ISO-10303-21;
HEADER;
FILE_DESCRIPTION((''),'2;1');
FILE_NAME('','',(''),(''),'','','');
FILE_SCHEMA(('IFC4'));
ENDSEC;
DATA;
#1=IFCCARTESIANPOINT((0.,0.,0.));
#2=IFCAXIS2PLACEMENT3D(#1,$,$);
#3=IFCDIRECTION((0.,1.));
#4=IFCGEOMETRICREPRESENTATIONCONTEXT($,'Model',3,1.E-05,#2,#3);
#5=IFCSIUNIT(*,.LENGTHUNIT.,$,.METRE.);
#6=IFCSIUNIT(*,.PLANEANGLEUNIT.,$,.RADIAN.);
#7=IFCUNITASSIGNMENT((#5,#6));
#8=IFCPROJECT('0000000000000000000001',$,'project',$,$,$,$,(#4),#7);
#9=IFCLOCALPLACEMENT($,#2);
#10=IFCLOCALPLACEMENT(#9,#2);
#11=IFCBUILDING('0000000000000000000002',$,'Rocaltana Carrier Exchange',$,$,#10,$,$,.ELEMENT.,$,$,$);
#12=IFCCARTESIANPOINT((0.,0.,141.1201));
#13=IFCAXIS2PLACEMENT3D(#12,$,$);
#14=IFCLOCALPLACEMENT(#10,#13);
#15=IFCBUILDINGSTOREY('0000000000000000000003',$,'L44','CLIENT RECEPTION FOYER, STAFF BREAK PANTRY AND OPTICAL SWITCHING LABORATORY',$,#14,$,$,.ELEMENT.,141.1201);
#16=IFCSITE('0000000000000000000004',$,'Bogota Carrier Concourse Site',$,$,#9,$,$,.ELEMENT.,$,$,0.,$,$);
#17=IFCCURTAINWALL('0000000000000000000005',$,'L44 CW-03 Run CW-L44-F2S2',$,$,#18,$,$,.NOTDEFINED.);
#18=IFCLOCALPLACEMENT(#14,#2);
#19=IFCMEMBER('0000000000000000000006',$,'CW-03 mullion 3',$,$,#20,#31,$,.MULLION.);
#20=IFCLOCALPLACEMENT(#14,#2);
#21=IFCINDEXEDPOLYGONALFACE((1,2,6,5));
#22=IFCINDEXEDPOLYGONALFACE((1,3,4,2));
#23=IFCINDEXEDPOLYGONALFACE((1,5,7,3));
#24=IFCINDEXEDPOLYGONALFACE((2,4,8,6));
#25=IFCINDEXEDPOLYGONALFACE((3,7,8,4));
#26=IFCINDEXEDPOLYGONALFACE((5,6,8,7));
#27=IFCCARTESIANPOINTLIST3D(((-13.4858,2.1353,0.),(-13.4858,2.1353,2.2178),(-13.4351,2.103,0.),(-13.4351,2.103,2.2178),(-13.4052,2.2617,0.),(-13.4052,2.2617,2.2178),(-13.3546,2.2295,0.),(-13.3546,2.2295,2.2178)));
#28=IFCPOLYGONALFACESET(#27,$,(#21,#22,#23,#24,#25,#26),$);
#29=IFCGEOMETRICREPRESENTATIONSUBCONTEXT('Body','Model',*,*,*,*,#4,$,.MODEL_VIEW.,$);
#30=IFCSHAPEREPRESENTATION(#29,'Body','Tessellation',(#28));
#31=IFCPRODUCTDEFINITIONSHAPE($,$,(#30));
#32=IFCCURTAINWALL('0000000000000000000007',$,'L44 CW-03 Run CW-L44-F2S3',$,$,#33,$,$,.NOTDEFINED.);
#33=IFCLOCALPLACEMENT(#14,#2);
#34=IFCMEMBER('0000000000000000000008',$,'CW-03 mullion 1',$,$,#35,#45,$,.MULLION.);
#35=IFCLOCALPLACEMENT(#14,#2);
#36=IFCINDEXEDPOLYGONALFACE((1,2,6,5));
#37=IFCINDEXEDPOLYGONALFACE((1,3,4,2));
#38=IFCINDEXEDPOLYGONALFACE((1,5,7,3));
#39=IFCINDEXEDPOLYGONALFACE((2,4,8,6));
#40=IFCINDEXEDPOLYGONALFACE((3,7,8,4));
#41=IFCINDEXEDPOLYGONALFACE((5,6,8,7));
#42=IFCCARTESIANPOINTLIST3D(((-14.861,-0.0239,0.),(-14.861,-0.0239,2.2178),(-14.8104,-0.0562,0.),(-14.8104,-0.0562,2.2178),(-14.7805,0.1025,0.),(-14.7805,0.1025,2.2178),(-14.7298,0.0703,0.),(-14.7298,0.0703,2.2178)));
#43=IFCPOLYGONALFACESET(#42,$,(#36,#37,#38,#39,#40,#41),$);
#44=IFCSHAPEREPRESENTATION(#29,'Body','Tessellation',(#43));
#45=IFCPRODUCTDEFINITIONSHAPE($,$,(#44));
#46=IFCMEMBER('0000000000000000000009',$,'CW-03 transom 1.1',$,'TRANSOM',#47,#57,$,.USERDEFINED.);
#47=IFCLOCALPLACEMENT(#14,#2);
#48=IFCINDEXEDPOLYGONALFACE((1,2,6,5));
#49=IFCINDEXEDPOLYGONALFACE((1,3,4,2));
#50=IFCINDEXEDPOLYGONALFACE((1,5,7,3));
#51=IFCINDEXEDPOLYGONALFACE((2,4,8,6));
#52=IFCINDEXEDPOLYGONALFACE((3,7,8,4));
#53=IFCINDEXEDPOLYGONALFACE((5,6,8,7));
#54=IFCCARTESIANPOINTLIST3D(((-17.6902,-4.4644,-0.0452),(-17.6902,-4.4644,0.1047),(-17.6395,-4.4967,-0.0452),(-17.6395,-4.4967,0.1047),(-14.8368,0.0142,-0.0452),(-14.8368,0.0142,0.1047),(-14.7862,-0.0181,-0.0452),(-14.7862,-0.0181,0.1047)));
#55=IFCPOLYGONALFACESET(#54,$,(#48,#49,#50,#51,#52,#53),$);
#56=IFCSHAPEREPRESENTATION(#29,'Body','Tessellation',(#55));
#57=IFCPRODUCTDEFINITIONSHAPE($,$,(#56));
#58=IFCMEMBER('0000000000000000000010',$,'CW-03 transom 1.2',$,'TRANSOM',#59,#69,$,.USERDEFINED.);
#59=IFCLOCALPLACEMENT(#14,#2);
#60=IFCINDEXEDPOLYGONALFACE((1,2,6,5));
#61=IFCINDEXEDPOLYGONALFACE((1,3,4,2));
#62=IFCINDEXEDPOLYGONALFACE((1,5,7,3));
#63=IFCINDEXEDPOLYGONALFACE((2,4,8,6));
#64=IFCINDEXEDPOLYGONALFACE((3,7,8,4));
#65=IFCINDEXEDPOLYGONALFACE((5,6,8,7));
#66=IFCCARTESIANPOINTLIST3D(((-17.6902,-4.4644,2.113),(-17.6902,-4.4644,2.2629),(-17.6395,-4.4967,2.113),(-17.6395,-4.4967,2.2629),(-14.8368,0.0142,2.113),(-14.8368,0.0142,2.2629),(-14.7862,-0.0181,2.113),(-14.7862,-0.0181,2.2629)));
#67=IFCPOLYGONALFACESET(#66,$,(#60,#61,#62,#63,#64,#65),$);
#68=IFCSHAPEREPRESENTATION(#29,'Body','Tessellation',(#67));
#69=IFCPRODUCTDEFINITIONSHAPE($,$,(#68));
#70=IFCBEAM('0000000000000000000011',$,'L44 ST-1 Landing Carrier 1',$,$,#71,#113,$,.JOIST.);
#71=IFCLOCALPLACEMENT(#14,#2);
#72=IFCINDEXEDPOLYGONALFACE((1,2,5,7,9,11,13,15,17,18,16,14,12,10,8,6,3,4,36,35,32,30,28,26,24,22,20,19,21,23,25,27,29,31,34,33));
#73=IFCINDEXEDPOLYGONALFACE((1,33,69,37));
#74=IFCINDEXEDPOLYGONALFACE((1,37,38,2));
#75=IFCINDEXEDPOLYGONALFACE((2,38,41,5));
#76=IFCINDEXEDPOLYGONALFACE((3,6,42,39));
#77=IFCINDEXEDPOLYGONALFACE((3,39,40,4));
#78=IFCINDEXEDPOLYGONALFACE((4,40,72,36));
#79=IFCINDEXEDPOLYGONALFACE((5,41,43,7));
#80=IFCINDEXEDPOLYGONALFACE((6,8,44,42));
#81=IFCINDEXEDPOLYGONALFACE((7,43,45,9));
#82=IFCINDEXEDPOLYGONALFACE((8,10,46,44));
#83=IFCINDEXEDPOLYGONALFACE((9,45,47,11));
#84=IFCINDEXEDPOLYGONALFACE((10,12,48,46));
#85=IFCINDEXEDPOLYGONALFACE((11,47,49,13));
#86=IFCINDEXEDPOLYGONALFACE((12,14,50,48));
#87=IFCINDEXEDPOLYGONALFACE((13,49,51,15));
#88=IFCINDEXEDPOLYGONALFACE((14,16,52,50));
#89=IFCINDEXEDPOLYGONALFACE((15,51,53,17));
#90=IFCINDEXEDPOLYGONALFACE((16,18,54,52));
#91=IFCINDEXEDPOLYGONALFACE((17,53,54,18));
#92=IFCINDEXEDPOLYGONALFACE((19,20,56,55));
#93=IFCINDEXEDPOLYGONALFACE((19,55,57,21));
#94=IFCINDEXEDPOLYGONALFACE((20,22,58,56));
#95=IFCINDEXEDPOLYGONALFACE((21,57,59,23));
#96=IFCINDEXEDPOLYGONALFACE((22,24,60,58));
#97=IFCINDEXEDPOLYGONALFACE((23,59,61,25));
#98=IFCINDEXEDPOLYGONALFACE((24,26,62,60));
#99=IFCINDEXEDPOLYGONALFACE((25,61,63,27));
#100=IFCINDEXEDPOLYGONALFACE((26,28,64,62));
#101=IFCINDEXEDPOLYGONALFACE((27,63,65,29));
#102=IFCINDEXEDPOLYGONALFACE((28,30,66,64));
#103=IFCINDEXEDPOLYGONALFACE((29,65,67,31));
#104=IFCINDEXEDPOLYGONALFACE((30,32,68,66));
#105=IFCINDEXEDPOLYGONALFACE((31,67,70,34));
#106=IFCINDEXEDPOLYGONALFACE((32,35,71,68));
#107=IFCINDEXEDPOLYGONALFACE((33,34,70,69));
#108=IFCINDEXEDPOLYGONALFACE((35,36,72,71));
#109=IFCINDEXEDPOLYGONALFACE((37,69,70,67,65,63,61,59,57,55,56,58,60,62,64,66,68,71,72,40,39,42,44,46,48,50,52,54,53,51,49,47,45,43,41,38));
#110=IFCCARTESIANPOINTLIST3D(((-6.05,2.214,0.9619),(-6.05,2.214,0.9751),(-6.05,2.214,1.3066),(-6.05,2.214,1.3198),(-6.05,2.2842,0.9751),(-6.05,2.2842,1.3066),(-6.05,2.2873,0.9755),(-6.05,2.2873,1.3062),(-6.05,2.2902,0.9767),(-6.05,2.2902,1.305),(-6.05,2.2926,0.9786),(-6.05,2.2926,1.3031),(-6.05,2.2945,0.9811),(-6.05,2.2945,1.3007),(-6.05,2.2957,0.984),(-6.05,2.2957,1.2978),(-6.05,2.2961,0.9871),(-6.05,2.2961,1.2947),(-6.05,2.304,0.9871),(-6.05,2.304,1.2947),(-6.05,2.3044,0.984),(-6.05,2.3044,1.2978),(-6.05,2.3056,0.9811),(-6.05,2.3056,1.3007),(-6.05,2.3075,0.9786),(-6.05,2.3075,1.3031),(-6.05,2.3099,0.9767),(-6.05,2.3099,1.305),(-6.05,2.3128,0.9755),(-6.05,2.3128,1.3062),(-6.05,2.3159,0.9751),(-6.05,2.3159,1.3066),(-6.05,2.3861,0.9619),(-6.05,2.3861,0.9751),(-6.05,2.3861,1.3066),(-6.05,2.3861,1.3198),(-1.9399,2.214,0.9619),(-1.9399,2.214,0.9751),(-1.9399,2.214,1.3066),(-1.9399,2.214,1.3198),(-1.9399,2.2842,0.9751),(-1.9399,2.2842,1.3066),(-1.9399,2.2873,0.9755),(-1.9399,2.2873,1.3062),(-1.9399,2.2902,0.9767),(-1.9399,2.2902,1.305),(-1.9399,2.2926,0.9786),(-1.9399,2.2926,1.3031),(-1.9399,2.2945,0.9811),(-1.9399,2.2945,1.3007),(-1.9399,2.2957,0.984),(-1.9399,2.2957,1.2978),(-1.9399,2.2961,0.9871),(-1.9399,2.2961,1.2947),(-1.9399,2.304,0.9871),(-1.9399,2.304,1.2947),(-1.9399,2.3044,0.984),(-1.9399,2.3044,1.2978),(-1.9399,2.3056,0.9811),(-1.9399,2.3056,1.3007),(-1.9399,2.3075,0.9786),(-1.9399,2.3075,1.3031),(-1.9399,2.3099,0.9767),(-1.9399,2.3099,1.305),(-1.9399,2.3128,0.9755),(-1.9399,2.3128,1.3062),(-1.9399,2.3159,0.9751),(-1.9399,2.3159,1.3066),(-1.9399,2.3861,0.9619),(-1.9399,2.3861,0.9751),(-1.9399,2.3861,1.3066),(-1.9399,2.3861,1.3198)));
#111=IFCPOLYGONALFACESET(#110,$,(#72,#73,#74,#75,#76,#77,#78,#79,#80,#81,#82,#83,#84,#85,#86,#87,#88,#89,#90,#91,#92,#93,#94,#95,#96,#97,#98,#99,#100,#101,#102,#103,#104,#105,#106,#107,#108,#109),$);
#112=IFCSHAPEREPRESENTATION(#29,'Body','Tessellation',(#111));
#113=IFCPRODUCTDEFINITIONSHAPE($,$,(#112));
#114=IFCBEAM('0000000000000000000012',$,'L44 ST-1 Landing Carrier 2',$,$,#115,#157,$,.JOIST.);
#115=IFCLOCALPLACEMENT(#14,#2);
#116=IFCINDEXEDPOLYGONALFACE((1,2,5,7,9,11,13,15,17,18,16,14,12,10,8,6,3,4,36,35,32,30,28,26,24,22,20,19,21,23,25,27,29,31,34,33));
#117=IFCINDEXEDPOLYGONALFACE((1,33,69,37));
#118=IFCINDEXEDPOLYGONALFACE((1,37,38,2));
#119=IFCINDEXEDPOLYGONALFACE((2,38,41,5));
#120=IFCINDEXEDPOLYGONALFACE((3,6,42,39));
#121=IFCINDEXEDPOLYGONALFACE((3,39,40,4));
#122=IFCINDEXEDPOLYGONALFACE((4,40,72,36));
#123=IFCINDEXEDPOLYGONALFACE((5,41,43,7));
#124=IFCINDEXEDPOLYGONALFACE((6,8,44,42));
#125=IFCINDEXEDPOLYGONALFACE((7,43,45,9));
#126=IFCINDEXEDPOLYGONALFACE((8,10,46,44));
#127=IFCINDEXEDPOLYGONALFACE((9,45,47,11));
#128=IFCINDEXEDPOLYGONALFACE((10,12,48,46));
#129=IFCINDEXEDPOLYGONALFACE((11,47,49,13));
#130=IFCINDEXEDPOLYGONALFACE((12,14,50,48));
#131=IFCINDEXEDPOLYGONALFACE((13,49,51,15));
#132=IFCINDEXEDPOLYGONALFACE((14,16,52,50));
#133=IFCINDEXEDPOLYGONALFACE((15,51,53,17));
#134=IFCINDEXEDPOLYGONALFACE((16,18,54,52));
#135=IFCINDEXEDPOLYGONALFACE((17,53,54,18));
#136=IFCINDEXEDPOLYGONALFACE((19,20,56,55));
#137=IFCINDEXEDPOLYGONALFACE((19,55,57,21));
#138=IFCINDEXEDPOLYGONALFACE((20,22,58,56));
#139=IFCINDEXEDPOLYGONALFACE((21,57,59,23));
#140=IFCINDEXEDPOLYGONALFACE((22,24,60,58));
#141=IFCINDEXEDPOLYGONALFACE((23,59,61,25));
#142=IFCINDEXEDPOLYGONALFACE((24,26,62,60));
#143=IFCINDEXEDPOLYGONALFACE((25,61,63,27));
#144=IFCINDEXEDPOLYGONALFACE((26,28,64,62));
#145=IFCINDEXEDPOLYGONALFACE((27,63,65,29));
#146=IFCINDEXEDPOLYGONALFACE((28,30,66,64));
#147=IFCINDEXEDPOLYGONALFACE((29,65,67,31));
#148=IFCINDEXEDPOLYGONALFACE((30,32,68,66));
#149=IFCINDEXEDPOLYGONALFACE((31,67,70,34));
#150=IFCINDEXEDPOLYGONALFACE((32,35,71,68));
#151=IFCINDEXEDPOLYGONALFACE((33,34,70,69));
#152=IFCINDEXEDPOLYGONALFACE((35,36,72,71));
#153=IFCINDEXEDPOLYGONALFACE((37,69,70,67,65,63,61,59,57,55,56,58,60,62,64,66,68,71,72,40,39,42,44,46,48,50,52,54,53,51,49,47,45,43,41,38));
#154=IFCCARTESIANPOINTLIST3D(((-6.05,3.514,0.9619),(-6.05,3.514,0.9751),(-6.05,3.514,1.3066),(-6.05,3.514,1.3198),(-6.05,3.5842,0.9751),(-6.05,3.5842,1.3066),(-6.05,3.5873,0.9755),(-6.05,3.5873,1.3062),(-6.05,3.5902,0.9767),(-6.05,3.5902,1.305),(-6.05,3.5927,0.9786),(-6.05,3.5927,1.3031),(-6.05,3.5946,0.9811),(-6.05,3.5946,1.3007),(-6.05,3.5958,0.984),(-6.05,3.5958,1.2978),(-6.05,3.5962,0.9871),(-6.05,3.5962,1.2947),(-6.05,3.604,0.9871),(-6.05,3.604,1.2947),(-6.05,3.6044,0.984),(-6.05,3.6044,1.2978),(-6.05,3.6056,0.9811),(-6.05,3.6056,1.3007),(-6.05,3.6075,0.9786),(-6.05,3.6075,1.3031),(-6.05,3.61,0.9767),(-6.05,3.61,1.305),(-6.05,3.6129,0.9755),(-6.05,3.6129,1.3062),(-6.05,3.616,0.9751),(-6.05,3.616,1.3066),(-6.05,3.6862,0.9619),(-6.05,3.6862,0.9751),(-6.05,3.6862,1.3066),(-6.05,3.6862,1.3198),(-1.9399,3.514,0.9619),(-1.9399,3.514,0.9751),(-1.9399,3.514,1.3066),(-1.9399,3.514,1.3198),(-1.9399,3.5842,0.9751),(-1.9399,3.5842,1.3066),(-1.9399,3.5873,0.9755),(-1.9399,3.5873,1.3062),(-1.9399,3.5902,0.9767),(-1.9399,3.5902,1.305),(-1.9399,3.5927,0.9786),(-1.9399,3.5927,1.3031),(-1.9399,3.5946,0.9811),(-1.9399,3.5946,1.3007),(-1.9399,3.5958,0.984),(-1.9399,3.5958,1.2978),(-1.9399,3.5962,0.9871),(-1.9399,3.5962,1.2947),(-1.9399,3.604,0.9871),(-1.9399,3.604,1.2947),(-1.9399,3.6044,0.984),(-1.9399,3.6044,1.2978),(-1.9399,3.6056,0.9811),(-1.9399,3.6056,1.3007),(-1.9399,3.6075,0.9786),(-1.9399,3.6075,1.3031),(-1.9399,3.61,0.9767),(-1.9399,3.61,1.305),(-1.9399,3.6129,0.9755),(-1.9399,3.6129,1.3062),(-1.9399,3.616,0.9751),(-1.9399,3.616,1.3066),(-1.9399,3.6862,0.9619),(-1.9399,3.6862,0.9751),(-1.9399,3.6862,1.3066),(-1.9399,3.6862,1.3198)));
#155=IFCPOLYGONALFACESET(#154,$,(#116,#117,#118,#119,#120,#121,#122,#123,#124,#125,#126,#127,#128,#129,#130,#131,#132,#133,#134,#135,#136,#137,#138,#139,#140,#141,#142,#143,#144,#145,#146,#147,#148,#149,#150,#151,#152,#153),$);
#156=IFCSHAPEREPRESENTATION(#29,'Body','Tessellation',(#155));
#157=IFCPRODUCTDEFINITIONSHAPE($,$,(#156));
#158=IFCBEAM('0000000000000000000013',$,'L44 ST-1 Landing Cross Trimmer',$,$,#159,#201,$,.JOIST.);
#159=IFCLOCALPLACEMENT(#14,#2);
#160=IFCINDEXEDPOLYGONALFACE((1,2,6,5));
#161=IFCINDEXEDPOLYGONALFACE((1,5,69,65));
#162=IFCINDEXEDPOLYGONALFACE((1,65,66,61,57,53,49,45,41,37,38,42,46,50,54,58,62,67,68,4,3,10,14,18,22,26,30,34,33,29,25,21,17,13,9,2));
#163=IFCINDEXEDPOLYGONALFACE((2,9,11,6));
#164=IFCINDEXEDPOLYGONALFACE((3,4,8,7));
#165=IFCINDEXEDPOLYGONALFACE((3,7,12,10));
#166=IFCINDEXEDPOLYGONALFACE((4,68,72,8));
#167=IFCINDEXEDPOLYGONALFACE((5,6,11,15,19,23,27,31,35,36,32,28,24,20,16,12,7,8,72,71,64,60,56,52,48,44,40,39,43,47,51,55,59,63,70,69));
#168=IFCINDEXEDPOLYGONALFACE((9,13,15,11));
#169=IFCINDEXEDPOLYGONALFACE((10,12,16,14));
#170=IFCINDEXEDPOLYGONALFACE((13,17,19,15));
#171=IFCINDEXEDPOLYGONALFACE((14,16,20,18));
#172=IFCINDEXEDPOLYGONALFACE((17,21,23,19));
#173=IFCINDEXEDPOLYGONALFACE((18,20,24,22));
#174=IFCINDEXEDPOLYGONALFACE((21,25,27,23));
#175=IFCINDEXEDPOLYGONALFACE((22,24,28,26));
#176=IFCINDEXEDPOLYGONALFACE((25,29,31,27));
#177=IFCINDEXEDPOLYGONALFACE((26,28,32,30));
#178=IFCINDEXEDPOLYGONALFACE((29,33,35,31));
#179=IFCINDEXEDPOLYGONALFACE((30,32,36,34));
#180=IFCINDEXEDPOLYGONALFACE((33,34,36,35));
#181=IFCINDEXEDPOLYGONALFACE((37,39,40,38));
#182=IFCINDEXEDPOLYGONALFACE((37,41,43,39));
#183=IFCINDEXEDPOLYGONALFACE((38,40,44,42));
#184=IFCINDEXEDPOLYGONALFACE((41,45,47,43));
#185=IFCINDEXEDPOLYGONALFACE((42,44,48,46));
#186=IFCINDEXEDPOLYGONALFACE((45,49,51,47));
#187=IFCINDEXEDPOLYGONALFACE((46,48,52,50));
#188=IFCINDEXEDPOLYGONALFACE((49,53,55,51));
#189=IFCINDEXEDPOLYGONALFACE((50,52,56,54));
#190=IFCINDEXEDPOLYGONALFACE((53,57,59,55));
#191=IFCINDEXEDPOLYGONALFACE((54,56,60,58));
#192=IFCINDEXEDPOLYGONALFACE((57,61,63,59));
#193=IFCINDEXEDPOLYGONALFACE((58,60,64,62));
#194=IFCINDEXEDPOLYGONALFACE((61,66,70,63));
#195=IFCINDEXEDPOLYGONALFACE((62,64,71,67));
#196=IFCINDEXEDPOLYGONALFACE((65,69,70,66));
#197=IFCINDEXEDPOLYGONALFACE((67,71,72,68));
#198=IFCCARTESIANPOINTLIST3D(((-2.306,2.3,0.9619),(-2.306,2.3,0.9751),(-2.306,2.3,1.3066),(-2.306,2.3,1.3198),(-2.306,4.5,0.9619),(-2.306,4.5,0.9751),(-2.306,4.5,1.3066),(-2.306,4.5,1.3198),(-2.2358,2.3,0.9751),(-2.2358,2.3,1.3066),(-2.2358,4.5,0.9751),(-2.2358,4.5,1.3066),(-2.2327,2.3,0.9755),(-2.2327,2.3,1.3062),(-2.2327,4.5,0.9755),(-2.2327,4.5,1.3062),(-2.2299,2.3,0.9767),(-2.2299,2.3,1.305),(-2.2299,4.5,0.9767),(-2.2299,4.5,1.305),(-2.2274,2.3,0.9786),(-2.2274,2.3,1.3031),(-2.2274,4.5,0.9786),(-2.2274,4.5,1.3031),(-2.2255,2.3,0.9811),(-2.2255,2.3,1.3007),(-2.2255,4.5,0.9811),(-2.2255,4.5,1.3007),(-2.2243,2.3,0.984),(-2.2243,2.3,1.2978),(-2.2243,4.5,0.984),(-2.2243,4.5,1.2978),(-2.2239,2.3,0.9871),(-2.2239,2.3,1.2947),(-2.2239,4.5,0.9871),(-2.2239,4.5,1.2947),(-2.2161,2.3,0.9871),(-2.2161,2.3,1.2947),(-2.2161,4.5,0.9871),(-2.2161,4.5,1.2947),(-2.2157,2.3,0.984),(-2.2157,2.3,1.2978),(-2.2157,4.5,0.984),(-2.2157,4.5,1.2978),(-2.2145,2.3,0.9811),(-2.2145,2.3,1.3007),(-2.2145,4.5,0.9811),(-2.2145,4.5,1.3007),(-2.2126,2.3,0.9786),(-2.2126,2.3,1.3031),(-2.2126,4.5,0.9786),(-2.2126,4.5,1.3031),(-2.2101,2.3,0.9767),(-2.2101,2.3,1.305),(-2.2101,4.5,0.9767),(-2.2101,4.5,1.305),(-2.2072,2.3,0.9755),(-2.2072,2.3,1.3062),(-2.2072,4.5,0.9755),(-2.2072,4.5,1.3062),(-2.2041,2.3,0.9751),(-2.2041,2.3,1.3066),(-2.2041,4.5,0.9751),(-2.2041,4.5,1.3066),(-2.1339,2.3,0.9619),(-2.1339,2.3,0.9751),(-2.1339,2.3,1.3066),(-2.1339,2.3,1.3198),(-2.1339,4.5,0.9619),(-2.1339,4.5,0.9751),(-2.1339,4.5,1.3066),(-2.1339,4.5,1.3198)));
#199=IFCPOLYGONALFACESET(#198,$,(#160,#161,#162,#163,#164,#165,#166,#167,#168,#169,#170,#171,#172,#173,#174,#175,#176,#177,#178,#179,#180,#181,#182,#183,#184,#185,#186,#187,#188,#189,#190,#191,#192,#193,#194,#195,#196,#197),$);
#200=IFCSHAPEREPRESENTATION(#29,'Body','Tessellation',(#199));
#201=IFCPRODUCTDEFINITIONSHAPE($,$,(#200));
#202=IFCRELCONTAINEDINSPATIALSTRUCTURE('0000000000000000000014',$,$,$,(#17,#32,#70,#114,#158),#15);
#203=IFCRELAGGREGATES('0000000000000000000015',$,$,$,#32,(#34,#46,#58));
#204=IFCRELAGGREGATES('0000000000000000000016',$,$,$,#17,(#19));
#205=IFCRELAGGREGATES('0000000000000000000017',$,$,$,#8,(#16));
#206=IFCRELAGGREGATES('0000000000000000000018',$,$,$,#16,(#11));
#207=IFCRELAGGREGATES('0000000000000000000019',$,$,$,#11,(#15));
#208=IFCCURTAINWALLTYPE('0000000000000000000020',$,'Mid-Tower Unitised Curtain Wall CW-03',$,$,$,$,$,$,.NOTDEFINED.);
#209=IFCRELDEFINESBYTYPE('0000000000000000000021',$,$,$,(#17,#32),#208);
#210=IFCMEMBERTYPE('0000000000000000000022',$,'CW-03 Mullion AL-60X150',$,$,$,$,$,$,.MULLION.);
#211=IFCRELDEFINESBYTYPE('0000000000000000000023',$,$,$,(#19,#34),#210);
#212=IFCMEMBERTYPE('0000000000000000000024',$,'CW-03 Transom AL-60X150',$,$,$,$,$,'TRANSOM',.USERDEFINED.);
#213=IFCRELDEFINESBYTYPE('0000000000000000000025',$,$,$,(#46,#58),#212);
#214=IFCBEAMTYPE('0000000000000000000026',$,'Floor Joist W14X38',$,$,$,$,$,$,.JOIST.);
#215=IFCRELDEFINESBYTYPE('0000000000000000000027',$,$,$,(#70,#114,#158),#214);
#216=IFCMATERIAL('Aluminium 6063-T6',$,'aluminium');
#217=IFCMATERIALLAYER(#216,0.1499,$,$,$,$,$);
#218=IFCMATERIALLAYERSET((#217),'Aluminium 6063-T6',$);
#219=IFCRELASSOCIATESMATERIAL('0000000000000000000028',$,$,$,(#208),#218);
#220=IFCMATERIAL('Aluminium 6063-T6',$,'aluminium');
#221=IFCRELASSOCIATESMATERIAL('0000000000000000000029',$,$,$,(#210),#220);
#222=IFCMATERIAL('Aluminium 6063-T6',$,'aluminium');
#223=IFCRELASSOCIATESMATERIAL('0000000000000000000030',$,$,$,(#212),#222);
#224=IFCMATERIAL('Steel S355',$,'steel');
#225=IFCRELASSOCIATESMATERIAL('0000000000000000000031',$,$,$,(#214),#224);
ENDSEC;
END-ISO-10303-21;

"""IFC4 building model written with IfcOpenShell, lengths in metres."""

from ifc_helpers import new_model, si_unit, direction, frame, origin, origin_2d, place, context, subcontext, project, spatial, rectangle, i_section, extrude, material, layer, layer_set, material_profile, profile_set, type_object, element, aggregate, save


model = new_model("IFC4")

# Units and contexts
model_context = context("Model", 3, precision=1e-05, world=origin(), true_north=direction((0.0, 1.0)))
body_context = subcontext(model_context, "Body", "Model", "MODEL_VIEW")
ifc_project = project(units=[si_unit("LENGTHUNIT", "METRE"), si_unit("PLANEANGLEUNIT", "RADIAN")], contexts=[model_context])

# Site, building, storey
site_placement = place(None, origin())
site = spatial("IfcSite", under=ifc_project, at=site_placement, Name="Bogota Carrier Concourse Site", CompositionType="ELEMENT", RefElevation=0.0)
building_placement = place(site_placement, origin())
building = spatial("IfcBuilding", under=site, at=building_placement, Name="Rocaltana Carrier Exchange", CompositionType="ELEMENT")
storey_placement = place(building_placement, frame((0.0, 0.0, 141.1201)))
storey = spatial("IfcBuildingStorey", under=building, at=storey_placement, Name="L44", Description="CLIENT RECEPTION FOYER, STAFF BREAK PANTRY AND OPTICAL SWITCHING LABORATORY", CompositionType="ELEMENT", Elevation=141.1201)

# Curtain wall, member
ifc_material_1 = material(Name="Aluminium 6063-T6", Category="aluminium")
ifc_layer_1 = layer(ifc_material_1, 0.1499)
ifc_layer_set_1 = layer_set([ifc_layer_1], Name="Aluminium 6063-T6")
curtain_wall_type = type_object("IfcCurtainWallType", Name="Mid-Tower Unitised Curtain Wall CW-03", PredefinedType="NOTDEFINED", material=ifc_layer_set_1)
curtain_wall_1_placement = place(storey_placement, origin())
curtain_wall_1 = element("IfcCurtainWall", 1, at=curtain_wall_1_placement, inside=storey, type_object=curtain_wall_type, Name="L44 CW-03 Run CW-L44-F2S2", PredefinedType="NOTDEFINED")
ifc_material_2 = material(Name="Aluminium 6063-T6", Category="aluminium")
ifc_material_profile_1 = material_profile(ifc_material_2, rectangle(XDim=0.0601, YDim=0.1499, at=origin_2d()), Name="AL-60X150")
ifc_profile_set_1 = profile_set([ifc_material_profile_1], Name="Aluminium 6063-T6")
member_type_1 = type_object("IfcMemberType", Name="CW-03 Mullion AL-60X150", PredefinedType="MULLION", material=ifc_profile_set_1)
member_1_placement = place(storey_placement, frame((-13.4202, 2.1824, 0.0), z_axis=(0.0, 0.0, 1.0), x_axis=(0.843391, -0.537301, 0.0)))
member_1 = element("IfcMember", 2, at=member_1_placement, type_object=member_type_1, Name="CW-03 mullion 3", PredefinedType="MULLION", context=body_context, shape_type="SweptSolid", body=[
    extrude(rectangle(XDim=0.0601, YDim=0.1499, at=origin_2d()), origin(), (0.0, 0.0, 1.0), 2.2178),
])

# Curtain wall, members
curtain_wall_2_placement = place(storey_placement, origin())
curtain_wall_2 = element("IfcCurtainWall", 3, at=curtain_wall_2_placement, inside=storey, type_object=curtain_wall_type, Name="L44 CW-03 Run CW-L44-F2S3", PredefinedType="NOTDEFINED")
member_2_placement = place(storey_placement, frame((-14.7954, 0.0232, 0.0), z_axis=(0.0, 0.0, 1.0), x_axis=(0.843391, -0.537301, 0.0)))
member_2 = element("IfcMember", 4, at=member_2_placement, type_object=member_type_1, Name="CW-03 mullion 1", PredefinedType="MULLION", context=body_context, shape_type="SweptSolid", body=[
    extrude(rectangle(XDim=0.0601, YDim=0.1499, at=origin_2d()), origin(), (0.0, 0.0, 1.0), 2.2178),
])
ifc_material_3 = material(Name="Aluminium 6063-T6", Category="aluminium")
ifc_material_profile_2 = material_profile(ifc_material_3, rectangle(XDim=0.0601, YDim=0.1499, at=origin_2d()), Name="AL-60X150")
ifc_profile_set_2 = profile_set([ifc_material_profile_2], Name="Aluminium 6063-T6")
member_type_2 = type_object("IfcMemberType", Name="CW-03 Transom AL-60X150", ElementType="TRANSOM", PredefinedType="USERDEFINED", material=ifc_profile_set_2)
member_3_placement = place(storey_placement, frame((-14.8115, -0.002, 0.0298), z_axis=(-0.537319, -0.843379, 0.0), x_axis=(0.843379, -0.537319, 0.0)))
member_3 = element("IfcMember", 5, at=member_3_placement, type_object=member_type_2, Name="CW-03 transom 1.1", ObjectType="TRANSOM", PredefinedType="USERDEFINED", context=body_context, shape_type="SweptSolid", body=[
    extrude(rectangle(XDim=0.0601, YDim=0.1499, at=origin_2d()), origin(), (0.0, 0.0, 1.0), 5.3103),
])
member_4_placement = place(storey_placement, frame((-14.8115, -0.002, 2.188), z_axis=(-0.537319, -0.843379, 0.0), x_axis=(0.843379, -0.537319, 0.0)))
member_4 = element("IfcMember", 6, at=member_4_placement, type_object=member_type_2, Name="CW-03 transom 1.2", ObjectType="TRANSOM", PredefinedType="USERDEFINED", context=body_context, shape_type="SweptSolid", body=[
    extrude(rectangle(XDim=0.0601, YDim=0.1499, at=origin_2d()), origin(), (0.0, 0.0, 1.0), 5.3103),
])
aggregate(curtain_wall_2, [member_2, member_3, member_4])

# Beams
ifc_material_4 = material(Name="Steel S355", Category="steel")
ifc_material_profile_3 = material_profile(ifc_material_4, i_section(OverallWidth=0.1721, OverallDepth=0.3579, WebThickness=0.0078, FlangeThickness=0.0132, FilletRadius=0.012, at=origin_2d()), Name="W14X38")
ifc_profile_set_3 = profile_set([ifc_material_profile_3], Name="Steel S355")
beam_type_1 = type_object("IfcBeamType", Name="Floor Joist W14X38", PredefinedType="JOIST", material=ifc_profile_set_3)
for number, where, z_axis, x_axis, name in (
    (7, (-6.05, 2.3, 1.1409), (1.0, 0.0, 0.0), (0.0, 1.0, 0.0), "L44 ST-1 Landing Carrier 1"),
    (8, (-6.05, 3.6001, 1.1409), (1.0, 0.0, 0.0), (0.0, 1.0, 0.0), "L44 ST-1 Landing Carrier 2"),
):
    element("IfcBeam", number, at=place(storey_placement, frame(where, z_axis=z_axis, x_axis=x_axis)), inside=storey, type_object=beam_type_1, Name=name, PredefinedType="JOIST", context=body_context, shape_type="SweptSolid", body=[
        extrude(i_section(OverallWidth=0.1721, OverallDepth=0.3579, WebThickness=0.0078, FlangeThickness=0.0132, FilletRadius=0.012, at=origin_2d()), origin(), (0.0, 0.0, 1.0), 4.1101),
    ])
beam_1_placement = place(storey_placement, frame((-2.22, 2.3, 1.1409), z_axis=(0.0, 1.0, 0.0), x_axis=(-1.0, 0.0, 0.0)))
element("IfcBeam", 9, at=beam_1_placement, inside=storey, type_object=beam_type_1, Name="L44 ST-1 Landing Cross Trimmer", PredefinedType="JOIST", context=body_context, shape_type="SweptSolid", body=[
    extrude(i_section(OverallWidth=0.1721, OverallDepth=0.3579, WebThickness=0.0078, FlangeThickness=0.0132, FilletRadius=0.012, at=origin_2d()), origin(), (0.0, 0.0, 1.0), 2.2),
])

aggregate(curtain_wall_1, [member_1])

save(model, "model.ifc")
